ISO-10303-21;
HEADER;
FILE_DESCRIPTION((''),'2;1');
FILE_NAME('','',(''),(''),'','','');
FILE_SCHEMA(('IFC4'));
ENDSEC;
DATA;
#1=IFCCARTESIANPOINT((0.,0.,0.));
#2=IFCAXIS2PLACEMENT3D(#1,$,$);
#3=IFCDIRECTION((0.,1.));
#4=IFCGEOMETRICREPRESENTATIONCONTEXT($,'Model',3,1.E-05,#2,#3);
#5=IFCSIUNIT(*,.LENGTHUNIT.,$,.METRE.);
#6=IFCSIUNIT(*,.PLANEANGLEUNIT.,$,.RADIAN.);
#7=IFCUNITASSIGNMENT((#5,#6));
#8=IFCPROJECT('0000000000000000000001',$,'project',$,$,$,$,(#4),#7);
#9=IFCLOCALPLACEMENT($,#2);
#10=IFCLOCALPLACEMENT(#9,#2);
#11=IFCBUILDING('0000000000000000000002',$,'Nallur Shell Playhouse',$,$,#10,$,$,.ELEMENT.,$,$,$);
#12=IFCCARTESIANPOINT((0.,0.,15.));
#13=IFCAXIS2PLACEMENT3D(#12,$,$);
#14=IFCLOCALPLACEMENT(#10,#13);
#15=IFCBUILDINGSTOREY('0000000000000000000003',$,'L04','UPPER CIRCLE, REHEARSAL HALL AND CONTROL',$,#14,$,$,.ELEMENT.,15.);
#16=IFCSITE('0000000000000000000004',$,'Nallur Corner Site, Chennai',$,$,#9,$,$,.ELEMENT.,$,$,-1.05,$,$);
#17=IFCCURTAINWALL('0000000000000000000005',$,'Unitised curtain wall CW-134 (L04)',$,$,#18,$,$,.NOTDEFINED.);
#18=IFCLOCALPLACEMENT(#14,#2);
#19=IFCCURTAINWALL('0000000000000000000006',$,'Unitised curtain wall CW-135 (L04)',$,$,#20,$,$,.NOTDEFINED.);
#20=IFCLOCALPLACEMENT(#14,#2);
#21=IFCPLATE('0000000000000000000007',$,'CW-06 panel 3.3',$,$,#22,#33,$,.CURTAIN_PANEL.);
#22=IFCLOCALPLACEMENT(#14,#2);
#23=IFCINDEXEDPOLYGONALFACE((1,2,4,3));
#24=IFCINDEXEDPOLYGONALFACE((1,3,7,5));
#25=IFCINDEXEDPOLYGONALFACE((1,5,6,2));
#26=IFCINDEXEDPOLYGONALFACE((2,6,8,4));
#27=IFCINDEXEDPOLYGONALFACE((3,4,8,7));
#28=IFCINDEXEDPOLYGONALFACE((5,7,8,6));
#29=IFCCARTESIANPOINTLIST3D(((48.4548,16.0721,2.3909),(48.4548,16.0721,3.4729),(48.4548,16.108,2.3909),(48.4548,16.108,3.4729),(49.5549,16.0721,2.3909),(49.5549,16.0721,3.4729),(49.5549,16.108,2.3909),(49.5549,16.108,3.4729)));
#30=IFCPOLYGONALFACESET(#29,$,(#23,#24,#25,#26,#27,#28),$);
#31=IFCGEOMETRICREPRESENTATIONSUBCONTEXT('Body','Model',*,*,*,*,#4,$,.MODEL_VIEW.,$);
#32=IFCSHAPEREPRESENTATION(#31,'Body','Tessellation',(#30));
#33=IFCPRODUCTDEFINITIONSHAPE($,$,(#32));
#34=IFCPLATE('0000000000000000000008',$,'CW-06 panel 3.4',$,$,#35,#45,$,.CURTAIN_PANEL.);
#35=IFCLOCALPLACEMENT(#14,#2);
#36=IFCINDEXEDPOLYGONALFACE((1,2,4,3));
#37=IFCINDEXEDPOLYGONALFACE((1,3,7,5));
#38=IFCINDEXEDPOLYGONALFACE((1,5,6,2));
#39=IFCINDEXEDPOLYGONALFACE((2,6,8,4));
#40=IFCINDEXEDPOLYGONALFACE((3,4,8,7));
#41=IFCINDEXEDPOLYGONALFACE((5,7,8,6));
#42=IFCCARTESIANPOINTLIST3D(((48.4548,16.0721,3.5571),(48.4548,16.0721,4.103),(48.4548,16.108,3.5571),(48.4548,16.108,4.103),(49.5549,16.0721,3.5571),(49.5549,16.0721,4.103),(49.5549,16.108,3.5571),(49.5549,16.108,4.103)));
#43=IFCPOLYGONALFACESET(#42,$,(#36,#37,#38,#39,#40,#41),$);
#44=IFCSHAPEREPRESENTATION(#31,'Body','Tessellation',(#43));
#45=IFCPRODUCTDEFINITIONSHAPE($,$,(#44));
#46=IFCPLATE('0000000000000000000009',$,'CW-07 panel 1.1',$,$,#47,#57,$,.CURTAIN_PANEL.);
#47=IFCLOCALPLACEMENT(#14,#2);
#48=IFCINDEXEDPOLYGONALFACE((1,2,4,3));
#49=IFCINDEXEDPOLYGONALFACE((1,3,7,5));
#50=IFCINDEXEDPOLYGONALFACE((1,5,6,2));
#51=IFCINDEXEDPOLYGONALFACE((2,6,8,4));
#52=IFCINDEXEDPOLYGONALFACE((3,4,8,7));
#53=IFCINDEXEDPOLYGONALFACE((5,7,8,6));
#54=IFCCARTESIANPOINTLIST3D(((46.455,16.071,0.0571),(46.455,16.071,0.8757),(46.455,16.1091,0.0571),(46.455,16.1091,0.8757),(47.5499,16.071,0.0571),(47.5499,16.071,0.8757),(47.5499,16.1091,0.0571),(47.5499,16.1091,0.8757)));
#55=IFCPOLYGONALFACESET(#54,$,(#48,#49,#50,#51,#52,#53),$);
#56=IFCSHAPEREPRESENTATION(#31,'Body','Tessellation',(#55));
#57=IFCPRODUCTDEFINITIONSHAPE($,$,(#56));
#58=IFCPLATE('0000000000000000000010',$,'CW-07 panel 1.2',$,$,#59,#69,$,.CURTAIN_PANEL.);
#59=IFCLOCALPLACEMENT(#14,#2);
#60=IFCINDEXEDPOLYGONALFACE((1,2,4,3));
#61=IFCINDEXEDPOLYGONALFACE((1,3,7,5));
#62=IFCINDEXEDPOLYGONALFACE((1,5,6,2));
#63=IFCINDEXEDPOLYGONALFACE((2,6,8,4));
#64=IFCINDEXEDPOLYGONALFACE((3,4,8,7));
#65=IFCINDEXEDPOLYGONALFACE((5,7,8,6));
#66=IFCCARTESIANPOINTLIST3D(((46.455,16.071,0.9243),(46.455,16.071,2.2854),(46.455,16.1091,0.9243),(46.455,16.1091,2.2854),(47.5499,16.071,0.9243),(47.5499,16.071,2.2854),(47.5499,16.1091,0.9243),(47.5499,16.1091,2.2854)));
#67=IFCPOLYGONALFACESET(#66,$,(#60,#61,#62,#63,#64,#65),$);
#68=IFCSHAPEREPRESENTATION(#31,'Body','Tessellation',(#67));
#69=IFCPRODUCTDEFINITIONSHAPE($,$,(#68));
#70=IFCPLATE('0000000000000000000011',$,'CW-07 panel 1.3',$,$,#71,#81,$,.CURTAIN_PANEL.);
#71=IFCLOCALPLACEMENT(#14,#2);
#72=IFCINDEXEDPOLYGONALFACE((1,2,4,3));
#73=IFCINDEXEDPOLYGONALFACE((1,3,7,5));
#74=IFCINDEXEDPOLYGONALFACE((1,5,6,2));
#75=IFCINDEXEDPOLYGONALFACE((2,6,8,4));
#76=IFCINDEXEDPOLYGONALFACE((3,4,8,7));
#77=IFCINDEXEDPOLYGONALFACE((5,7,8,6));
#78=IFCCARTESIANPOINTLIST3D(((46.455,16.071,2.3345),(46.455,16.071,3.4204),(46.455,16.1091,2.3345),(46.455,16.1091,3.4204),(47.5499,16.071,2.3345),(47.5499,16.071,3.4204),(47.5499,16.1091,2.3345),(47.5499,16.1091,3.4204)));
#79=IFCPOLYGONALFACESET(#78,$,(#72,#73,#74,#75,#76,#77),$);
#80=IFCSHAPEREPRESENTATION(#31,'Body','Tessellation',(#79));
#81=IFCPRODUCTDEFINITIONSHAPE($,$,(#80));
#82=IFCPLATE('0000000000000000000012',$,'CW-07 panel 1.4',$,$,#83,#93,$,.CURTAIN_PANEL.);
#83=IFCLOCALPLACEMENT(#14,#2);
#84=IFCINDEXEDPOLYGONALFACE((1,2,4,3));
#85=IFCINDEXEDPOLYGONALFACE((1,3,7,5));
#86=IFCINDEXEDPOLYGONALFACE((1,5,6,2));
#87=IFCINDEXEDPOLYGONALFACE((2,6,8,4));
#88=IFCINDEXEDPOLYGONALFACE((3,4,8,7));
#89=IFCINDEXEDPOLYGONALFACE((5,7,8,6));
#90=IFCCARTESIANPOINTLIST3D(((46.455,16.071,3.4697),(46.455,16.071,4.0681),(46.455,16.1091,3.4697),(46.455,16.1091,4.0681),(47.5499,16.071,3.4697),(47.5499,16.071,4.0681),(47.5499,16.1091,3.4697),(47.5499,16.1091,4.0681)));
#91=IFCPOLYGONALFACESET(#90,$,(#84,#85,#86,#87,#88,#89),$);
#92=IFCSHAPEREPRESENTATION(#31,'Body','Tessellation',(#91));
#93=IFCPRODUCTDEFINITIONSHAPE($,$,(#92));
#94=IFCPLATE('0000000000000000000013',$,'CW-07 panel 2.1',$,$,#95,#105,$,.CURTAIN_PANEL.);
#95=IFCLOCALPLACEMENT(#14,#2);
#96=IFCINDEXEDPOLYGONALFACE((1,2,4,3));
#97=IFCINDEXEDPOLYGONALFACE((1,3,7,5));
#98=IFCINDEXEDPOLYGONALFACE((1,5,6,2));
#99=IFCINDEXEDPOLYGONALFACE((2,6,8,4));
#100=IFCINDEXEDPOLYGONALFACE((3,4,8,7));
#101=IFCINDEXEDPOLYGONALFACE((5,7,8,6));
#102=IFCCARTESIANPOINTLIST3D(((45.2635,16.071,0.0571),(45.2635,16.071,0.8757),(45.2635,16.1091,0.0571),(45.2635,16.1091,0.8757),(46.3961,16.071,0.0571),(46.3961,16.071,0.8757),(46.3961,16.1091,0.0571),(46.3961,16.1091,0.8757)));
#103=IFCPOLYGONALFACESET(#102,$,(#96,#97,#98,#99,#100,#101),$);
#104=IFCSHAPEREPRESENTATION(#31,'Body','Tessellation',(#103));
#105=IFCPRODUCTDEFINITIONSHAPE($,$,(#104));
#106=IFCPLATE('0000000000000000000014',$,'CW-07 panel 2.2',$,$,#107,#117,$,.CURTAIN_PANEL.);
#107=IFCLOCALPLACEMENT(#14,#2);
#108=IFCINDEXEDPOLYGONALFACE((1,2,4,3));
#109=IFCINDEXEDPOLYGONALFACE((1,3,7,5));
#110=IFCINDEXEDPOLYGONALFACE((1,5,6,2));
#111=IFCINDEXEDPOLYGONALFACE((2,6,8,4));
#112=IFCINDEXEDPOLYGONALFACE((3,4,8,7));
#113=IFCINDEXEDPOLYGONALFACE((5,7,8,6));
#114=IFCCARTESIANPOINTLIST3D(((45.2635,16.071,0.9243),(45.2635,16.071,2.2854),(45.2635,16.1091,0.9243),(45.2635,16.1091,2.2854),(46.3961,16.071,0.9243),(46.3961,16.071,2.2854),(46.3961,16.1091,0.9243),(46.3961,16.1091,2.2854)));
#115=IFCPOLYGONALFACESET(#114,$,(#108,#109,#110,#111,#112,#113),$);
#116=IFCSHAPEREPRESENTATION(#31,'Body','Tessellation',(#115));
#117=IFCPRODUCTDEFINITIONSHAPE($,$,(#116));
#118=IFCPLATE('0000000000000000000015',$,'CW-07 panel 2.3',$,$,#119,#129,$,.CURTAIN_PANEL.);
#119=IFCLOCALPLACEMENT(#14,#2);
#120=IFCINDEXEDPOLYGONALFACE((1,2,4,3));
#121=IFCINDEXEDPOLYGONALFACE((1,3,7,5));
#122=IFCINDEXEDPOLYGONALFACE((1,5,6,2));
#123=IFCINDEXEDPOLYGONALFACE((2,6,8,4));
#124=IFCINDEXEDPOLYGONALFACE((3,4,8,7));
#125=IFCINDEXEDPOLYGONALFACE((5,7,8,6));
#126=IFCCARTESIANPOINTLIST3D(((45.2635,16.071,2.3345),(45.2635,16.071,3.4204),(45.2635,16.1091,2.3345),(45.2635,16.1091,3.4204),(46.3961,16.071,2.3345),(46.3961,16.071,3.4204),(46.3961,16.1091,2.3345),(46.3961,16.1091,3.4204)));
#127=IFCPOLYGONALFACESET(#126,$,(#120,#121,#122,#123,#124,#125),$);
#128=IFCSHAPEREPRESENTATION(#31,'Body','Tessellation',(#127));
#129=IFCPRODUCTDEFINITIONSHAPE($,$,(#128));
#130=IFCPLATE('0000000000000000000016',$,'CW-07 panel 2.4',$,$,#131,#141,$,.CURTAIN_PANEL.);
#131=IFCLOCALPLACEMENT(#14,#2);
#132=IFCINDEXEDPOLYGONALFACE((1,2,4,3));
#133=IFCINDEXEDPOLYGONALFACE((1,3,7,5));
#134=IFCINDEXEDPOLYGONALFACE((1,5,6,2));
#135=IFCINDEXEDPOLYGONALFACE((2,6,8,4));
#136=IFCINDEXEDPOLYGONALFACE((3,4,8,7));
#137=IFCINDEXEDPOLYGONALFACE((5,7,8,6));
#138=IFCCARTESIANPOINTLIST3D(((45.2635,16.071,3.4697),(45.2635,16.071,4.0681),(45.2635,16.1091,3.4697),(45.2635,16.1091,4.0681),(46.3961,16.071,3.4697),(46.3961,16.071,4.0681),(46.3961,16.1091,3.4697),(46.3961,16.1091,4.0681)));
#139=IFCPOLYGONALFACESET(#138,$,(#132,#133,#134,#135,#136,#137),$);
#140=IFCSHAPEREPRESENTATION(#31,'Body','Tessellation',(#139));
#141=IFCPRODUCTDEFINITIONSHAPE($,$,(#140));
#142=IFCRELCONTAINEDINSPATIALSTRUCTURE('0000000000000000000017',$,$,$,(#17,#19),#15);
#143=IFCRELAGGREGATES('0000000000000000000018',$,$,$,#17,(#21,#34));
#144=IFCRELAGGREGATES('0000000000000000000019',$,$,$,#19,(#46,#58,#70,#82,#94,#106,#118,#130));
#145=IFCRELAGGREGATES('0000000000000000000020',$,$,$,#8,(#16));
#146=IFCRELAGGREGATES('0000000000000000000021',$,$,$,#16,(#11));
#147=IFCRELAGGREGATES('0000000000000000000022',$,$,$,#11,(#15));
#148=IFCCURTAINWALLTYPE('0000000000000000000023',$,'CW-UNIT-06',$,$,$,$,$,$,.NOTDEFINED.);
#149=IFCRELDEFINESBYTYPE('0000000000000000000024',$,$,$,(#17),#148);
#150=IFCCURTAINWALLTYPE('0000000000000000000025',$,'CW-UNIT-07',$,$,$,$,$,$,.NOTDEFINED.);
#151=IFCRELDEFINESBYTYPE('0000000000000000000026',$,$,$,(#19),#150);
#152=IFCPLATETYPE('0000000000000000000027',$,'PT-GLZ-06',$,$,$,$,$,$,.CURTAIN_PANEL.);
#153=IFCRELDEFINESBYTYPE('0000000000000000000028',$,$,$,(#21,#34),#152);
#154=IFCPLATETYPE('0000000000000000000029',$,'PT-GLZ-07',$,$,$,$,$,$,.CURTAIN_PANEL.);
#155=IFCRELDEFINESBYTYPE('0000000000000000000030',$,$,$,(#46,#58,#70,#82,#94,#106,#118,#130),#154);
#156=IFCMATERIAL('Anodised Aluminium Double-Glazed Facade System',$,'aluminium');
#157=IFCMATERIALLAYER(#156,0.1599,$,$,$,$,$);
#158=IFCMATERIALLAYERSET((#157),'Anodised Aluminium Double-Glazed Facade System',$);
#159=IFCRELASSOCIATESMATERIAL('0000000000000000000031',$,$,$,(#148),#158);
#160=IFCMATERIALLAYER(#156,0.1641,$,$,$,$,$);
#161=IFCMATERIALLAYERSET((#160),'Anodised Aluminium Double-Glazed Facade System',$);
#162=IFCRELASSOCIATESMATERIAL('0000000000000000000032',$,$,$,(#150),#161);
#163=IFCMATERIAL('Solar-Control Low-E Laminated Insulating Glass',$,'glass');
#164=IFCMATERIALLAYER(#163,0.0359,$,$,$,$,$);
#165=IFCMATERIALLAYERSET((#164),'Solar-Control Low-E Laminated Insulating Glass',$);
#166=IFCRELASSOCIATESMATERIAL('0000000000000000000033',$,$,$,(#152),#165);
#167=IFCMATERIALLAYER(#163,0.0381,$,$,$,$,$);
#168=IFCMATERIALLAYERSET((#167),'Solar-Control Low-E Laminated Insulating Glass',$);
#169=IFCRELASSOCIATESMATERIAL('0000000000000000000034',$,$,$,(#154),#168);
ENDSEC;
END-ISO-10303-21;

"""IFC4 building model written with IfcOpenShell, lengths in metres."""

from ifc_helpers import new_model, si_unit, direction, frame, origin, origin_2d, place, context, subcontext, project, spatial, rectangle, extrude, material, layer, layer_set, type_object, element, aggregate, save


model = new_model("IFC4")

# Units and contexts
model_context = context("Model", 3, precision=1e-05, world=origin(), true_north=direction((0.0, 1.0)))
body_context = subcontext(model_context, "Body", "Model", "MODEL_VIEW")
ifc_project = project(units=[si_unit("LENGTHUNIT", "METRE"), si_unit("PLANEANGLEUNIT", "RADIAN")], contexts=[model_context])

# Site, building, storey
site_placement = place(None, origin())
site = spatial("IfcSite", under=ifc_project, at=site_placement, Name="Nallur Corner Site, Chennai", CompositionType="ELEMENT", RefElevation=-1.05)
building_placement = place(site_placement, origin())
building = spatial("IfcBuilding", under=site, at=building_placement, Name="Nallur Shell Playhouse", CompositionType="ELEMENT")
storey_placement = place(building_placement, frame((0.0, 0.0, 15.0)))
storey = spatial("IfcBuildingStorey", under=building, at=storey_placement, Name="L04", Description="UPPER CIRCLE, REHEARSAL HALL AND CONTROL", CompositionType="ELEMENT", Elevation=15.0)

# Curtain wall
ifc_material_1 = material(Name="Anodised Aluminium Double-Glazed Facade System", Category="aluminium")
ifc_layer_1 = layer(ifc_material_1, 0.1599)
ifc_layer_set_1 = layer_set([ifc_layer_1], Name="Anodised Aluminium Double-Glazed Facade System")
curtain_wall_type_1 = type_object("IfcCurtainWallType", Name="CW-UNIT-06", PredefinedType="NOTDEFINED", material=ifc_layer_set_1)
curtain_wall_1_placement = place(storey_placement, origin())
curtain_wall_1 = element("IfcCurtainWall", 1, at=curtain_wall_1_placement, inside=storey, type_object=curtain_wall_type_1, Name="Unitised curtain wall CW-134 (L04)", PredefinedType="NOTDEFINED")

# Curtain wall
ifc_layer_2 = layer(ifc_material_1, 0.1641)
ifc_layer_set_2 = layer_set([ifc_layer_2], Name="Anodised Aluminium Double-Glazed Facade System")
curtain_wall_type_2 = type_object("IfcCurtainWallType", Name="CW-UNIT-07", PredefinedType="NOTDEFINED", material=ifc_layer_set_2)
curtain_wall_2_placement = place(storey_placement, origin())
curtain_wall_2 = element("IfcCurtainWall", 2, at=curtain_wall_2_placement, inside=storey, type_object=curtain_wall_type_2, Name="Unitised curtain wall CW-135 (L04)", PredefinedType="NOTDEFINED")

# Plates
ifc_material_2 = material(Name="Solar-Control Low-E Laminated Insulating Glass", Category="glass")
ifc_layer_3 = layer(ifc_material_2, 0.0359)
ifc_layer_set_3 = layer_set([ifc_layer_3], Name="Solar-Control Low-E Laminated Insulating Glass")
plate_type_1 = type_object("IfcPlateType", Name="PT-GLZ-06", PredefinedType="CURTAIN_PANEL", material=ifc_layer_set_3)
plate_1_placement = place(storey_placement, frame((49.0049, 16.0901, 2.3909), z_axis=(0.0, 0.0, 1.0), x_axis=(-1.0, 0.0, 0.0)))
plate_1 = element("IfcPlate", 3, at=plate_1_placement, type_object=plate_type_1, Name="CW-06 panel 3.3", PredefinedType="CURTAIN_PANEL", context=body_context, shape_type="SweptSolid", body=[
    extrude(rectangle(XDim=1.1001, YDim=0.0359, at=origin_2d()), origin(), (0.0, 0.0, 1.0), 1.082),
])
plate_2_placement = place(storey_placement, frame((49.0049, 16.0901, 3.5571), z_axis=(0.0, 0.0, 1.0), x_axis=(-1.0, 0.0, 0.0)))
plate_2 = element("IfcPlate", 4, at=plate_2_placement, type_object=plate_type_1, Name="CW-06 panel 3.4", PredefinedType="CURTAIN_PANEL", context=body_context, shape_type="SweptSolid", body=[
    extrude(rectangle(XDim=1.1001, YDim=0.0359, at=origin_2d()), origin(), (0.0, 0.0, 1.0), 0.5459),
])
aggregate(curtain_wall_1, [plate_1, plate_2])
ifc_layer_4 = layer(ifc_material_2, 0.0381)
ifc_layer_set_4 = layer_set([ifc_layer_4], Name="Solar-Control Low-E Laminated Insulating Glass")
plate_type_2 = type_object("IfcPlateType", Name="PT-GLZ-07", PredefinedType="CURTAIN_PANEL", material=ifc_layer_set_4)
plate_3_placement = place(storey_placement, frame((47.0024, 16.0901, 0.0571), z_axis=(0.0, 0.0, 1.0), x_axis=(-1.0, 0.0, 0.0)))
plate_3 = element("IfcPlate", 5, at=plate_3_placement, type_object=plate_type_2, Name="CW-07 panel 1.1", PredefinedType="CURTAIN_PANEL", context=body_context, shape_type="SweptSolid", body=[
    extrude(rectangle(XDim=1.095, YDim=0.0381, at=origin_2d()), origin(), (0.0, 0.0, 1.0), 0.8186),
])
plate_4_placement = place(storey_placement, frame((47.0024, 16.0901, 0.9243), z_axis=(0.0, 0.0, 1.0), x_axis=(-1.0, 0.0, 0.0)))
plate_4 = element("IfcPlate", 6, at=plate_4_placement, type_object=plate_type_2, Name="CW-07 panel 1.2", PredefinedType="CURTAIN_PANEL", context=body_context, shape_type="SweptSolid", body=[
    extrude(rectangle(XDim=1.095, YDim=0.0381, at=origin_2d()), origin(), (0.0, 0.0, 1.0), 1.3611),
])
plate_5_placement = place(storey_placement, frame((47.0024, 16.0901, 2.3345), z_axis=(0.0, 0.0, 1.0), x_axis=(-1.0, 0.0, 0.0)))
plate_5 = element("IfcPlate", 7, at=plate_5_placement, type_object=plate_type_2, Name="CW-07 panel 1.3", PredefinedType="CURTAIN_PANEL", context=body_context, shape_type="SweptSolid", body=[
    extrude(rectangle(XDim=1.095, YDim=0.0381, at=origin_2d()), origin(), (0.0, 0.0, 1.0), 1.0859),
])
plate_6_placement = place(storey_placement, frame((47.0024, 16.0901, 3.4697), z_axis=(0.0, 0.0, 1.0), x_axis=(-1.0, 0.0, 0.0)))
plate_6 = element("IfcPlate", 8, at=plate_6_placement, type_object=plate_type_2, Name="CW-07 panel 1.4", PredefinedType="CURTAIN_PANEL", context=body_context, shape_type="SweptSolid", body=[
    extrude(rectangle(XDim=1.095, YDim=0.0381, at=origin_2d()), origin(), (0.0, 0.0, 1.0), 0.5984),
])
plate_7_placement = place(storey_placement, frame((45.8298, 16.0901, 0.0571), z_axis=(0.0, 0.0, 1.0), x_axis=(-1.0, 0.0, 0.0)))
plate_7 = element("IfcPlate", 9, at=plate_7_placement, type_object=plate_type_2, Name="CW-07 panel 2.1", PredefinedType="CURTAIN_PANEL", context=body_context, shape_type="SweptSolid", body=[
    extrude(rectangle(XDim=1.1326, YDim=0.0381, at=origin_2d()), origin(), (0.0, 0.0, 1.0), 0.8186),
])
plate_8_placement = place(storey_placement, frame((45.8298, 16.0901, 0.9243), z_axis=(0.0, 0.0, 1.0), x_axis=(-1.0, 0.0, 0.0)))
plate_8 = element("IfcPlate", 10, at=plate_8_placement, type_object=plate_type_2, Name="CW-07 panel 2.2", PredefinedType="CURTAIN_PANEL", context=body_context, shape_type="SweptSolid", body=[
    extrude(rectangle(XDim=1.1326, YDim=0.0381, at=origin_2d()), origin(), (0.0, 0.0, 1.0), 1.3611),
])
plate_9_placement = place(storey_placement, frame((45.8298, 16.0901, 2.3345), z_axis=(0.0, 0.0, 1.0), x_axis=(-1.0, 0.0, 0.0)))
plate_9 = element("IfcPlate", 11, at=plate_9_placement, type_object=plate_type_2, Name="CW-07 panel 2.3", PredefinedType="CURTAIN_PANEL", context=body_context, shape_type="SweptSolid", body=[
    extrude(rectangle(XDim=1.1326, YDim=0.0381, at=origin_2d()), origin(), (0.0, 0.0, 1.0), 1.0859),
])
plate_10_placement = place(storey_placement, frame((45.8298, 16.0901, 3.4697), z_axis=(0.0, 0.0, 1.0), x_axis=(-1.0, 0.0, 0.0)))
plate_10 = element("IfcPlate", 12, at=plate_10_placement, type_object=plate_type_2, Name="CW-07 panel 2.4", PredefinedType="CURTAIN_PANEL", context=body_context, shape_type="SweptSolid", body=[
    extrude(rectangle(XDim=1.1326, YDim=0.0381, at=origin_2d()), origin(), (0.0, 0.0, 1.0), 0.5984),
])
aggregate(curtain_wall_2, [plate_3, plate_4, plate_5, plate_6, plate_7, plate_8, plate_9, plate_10])

save(model, "model.ifc")
